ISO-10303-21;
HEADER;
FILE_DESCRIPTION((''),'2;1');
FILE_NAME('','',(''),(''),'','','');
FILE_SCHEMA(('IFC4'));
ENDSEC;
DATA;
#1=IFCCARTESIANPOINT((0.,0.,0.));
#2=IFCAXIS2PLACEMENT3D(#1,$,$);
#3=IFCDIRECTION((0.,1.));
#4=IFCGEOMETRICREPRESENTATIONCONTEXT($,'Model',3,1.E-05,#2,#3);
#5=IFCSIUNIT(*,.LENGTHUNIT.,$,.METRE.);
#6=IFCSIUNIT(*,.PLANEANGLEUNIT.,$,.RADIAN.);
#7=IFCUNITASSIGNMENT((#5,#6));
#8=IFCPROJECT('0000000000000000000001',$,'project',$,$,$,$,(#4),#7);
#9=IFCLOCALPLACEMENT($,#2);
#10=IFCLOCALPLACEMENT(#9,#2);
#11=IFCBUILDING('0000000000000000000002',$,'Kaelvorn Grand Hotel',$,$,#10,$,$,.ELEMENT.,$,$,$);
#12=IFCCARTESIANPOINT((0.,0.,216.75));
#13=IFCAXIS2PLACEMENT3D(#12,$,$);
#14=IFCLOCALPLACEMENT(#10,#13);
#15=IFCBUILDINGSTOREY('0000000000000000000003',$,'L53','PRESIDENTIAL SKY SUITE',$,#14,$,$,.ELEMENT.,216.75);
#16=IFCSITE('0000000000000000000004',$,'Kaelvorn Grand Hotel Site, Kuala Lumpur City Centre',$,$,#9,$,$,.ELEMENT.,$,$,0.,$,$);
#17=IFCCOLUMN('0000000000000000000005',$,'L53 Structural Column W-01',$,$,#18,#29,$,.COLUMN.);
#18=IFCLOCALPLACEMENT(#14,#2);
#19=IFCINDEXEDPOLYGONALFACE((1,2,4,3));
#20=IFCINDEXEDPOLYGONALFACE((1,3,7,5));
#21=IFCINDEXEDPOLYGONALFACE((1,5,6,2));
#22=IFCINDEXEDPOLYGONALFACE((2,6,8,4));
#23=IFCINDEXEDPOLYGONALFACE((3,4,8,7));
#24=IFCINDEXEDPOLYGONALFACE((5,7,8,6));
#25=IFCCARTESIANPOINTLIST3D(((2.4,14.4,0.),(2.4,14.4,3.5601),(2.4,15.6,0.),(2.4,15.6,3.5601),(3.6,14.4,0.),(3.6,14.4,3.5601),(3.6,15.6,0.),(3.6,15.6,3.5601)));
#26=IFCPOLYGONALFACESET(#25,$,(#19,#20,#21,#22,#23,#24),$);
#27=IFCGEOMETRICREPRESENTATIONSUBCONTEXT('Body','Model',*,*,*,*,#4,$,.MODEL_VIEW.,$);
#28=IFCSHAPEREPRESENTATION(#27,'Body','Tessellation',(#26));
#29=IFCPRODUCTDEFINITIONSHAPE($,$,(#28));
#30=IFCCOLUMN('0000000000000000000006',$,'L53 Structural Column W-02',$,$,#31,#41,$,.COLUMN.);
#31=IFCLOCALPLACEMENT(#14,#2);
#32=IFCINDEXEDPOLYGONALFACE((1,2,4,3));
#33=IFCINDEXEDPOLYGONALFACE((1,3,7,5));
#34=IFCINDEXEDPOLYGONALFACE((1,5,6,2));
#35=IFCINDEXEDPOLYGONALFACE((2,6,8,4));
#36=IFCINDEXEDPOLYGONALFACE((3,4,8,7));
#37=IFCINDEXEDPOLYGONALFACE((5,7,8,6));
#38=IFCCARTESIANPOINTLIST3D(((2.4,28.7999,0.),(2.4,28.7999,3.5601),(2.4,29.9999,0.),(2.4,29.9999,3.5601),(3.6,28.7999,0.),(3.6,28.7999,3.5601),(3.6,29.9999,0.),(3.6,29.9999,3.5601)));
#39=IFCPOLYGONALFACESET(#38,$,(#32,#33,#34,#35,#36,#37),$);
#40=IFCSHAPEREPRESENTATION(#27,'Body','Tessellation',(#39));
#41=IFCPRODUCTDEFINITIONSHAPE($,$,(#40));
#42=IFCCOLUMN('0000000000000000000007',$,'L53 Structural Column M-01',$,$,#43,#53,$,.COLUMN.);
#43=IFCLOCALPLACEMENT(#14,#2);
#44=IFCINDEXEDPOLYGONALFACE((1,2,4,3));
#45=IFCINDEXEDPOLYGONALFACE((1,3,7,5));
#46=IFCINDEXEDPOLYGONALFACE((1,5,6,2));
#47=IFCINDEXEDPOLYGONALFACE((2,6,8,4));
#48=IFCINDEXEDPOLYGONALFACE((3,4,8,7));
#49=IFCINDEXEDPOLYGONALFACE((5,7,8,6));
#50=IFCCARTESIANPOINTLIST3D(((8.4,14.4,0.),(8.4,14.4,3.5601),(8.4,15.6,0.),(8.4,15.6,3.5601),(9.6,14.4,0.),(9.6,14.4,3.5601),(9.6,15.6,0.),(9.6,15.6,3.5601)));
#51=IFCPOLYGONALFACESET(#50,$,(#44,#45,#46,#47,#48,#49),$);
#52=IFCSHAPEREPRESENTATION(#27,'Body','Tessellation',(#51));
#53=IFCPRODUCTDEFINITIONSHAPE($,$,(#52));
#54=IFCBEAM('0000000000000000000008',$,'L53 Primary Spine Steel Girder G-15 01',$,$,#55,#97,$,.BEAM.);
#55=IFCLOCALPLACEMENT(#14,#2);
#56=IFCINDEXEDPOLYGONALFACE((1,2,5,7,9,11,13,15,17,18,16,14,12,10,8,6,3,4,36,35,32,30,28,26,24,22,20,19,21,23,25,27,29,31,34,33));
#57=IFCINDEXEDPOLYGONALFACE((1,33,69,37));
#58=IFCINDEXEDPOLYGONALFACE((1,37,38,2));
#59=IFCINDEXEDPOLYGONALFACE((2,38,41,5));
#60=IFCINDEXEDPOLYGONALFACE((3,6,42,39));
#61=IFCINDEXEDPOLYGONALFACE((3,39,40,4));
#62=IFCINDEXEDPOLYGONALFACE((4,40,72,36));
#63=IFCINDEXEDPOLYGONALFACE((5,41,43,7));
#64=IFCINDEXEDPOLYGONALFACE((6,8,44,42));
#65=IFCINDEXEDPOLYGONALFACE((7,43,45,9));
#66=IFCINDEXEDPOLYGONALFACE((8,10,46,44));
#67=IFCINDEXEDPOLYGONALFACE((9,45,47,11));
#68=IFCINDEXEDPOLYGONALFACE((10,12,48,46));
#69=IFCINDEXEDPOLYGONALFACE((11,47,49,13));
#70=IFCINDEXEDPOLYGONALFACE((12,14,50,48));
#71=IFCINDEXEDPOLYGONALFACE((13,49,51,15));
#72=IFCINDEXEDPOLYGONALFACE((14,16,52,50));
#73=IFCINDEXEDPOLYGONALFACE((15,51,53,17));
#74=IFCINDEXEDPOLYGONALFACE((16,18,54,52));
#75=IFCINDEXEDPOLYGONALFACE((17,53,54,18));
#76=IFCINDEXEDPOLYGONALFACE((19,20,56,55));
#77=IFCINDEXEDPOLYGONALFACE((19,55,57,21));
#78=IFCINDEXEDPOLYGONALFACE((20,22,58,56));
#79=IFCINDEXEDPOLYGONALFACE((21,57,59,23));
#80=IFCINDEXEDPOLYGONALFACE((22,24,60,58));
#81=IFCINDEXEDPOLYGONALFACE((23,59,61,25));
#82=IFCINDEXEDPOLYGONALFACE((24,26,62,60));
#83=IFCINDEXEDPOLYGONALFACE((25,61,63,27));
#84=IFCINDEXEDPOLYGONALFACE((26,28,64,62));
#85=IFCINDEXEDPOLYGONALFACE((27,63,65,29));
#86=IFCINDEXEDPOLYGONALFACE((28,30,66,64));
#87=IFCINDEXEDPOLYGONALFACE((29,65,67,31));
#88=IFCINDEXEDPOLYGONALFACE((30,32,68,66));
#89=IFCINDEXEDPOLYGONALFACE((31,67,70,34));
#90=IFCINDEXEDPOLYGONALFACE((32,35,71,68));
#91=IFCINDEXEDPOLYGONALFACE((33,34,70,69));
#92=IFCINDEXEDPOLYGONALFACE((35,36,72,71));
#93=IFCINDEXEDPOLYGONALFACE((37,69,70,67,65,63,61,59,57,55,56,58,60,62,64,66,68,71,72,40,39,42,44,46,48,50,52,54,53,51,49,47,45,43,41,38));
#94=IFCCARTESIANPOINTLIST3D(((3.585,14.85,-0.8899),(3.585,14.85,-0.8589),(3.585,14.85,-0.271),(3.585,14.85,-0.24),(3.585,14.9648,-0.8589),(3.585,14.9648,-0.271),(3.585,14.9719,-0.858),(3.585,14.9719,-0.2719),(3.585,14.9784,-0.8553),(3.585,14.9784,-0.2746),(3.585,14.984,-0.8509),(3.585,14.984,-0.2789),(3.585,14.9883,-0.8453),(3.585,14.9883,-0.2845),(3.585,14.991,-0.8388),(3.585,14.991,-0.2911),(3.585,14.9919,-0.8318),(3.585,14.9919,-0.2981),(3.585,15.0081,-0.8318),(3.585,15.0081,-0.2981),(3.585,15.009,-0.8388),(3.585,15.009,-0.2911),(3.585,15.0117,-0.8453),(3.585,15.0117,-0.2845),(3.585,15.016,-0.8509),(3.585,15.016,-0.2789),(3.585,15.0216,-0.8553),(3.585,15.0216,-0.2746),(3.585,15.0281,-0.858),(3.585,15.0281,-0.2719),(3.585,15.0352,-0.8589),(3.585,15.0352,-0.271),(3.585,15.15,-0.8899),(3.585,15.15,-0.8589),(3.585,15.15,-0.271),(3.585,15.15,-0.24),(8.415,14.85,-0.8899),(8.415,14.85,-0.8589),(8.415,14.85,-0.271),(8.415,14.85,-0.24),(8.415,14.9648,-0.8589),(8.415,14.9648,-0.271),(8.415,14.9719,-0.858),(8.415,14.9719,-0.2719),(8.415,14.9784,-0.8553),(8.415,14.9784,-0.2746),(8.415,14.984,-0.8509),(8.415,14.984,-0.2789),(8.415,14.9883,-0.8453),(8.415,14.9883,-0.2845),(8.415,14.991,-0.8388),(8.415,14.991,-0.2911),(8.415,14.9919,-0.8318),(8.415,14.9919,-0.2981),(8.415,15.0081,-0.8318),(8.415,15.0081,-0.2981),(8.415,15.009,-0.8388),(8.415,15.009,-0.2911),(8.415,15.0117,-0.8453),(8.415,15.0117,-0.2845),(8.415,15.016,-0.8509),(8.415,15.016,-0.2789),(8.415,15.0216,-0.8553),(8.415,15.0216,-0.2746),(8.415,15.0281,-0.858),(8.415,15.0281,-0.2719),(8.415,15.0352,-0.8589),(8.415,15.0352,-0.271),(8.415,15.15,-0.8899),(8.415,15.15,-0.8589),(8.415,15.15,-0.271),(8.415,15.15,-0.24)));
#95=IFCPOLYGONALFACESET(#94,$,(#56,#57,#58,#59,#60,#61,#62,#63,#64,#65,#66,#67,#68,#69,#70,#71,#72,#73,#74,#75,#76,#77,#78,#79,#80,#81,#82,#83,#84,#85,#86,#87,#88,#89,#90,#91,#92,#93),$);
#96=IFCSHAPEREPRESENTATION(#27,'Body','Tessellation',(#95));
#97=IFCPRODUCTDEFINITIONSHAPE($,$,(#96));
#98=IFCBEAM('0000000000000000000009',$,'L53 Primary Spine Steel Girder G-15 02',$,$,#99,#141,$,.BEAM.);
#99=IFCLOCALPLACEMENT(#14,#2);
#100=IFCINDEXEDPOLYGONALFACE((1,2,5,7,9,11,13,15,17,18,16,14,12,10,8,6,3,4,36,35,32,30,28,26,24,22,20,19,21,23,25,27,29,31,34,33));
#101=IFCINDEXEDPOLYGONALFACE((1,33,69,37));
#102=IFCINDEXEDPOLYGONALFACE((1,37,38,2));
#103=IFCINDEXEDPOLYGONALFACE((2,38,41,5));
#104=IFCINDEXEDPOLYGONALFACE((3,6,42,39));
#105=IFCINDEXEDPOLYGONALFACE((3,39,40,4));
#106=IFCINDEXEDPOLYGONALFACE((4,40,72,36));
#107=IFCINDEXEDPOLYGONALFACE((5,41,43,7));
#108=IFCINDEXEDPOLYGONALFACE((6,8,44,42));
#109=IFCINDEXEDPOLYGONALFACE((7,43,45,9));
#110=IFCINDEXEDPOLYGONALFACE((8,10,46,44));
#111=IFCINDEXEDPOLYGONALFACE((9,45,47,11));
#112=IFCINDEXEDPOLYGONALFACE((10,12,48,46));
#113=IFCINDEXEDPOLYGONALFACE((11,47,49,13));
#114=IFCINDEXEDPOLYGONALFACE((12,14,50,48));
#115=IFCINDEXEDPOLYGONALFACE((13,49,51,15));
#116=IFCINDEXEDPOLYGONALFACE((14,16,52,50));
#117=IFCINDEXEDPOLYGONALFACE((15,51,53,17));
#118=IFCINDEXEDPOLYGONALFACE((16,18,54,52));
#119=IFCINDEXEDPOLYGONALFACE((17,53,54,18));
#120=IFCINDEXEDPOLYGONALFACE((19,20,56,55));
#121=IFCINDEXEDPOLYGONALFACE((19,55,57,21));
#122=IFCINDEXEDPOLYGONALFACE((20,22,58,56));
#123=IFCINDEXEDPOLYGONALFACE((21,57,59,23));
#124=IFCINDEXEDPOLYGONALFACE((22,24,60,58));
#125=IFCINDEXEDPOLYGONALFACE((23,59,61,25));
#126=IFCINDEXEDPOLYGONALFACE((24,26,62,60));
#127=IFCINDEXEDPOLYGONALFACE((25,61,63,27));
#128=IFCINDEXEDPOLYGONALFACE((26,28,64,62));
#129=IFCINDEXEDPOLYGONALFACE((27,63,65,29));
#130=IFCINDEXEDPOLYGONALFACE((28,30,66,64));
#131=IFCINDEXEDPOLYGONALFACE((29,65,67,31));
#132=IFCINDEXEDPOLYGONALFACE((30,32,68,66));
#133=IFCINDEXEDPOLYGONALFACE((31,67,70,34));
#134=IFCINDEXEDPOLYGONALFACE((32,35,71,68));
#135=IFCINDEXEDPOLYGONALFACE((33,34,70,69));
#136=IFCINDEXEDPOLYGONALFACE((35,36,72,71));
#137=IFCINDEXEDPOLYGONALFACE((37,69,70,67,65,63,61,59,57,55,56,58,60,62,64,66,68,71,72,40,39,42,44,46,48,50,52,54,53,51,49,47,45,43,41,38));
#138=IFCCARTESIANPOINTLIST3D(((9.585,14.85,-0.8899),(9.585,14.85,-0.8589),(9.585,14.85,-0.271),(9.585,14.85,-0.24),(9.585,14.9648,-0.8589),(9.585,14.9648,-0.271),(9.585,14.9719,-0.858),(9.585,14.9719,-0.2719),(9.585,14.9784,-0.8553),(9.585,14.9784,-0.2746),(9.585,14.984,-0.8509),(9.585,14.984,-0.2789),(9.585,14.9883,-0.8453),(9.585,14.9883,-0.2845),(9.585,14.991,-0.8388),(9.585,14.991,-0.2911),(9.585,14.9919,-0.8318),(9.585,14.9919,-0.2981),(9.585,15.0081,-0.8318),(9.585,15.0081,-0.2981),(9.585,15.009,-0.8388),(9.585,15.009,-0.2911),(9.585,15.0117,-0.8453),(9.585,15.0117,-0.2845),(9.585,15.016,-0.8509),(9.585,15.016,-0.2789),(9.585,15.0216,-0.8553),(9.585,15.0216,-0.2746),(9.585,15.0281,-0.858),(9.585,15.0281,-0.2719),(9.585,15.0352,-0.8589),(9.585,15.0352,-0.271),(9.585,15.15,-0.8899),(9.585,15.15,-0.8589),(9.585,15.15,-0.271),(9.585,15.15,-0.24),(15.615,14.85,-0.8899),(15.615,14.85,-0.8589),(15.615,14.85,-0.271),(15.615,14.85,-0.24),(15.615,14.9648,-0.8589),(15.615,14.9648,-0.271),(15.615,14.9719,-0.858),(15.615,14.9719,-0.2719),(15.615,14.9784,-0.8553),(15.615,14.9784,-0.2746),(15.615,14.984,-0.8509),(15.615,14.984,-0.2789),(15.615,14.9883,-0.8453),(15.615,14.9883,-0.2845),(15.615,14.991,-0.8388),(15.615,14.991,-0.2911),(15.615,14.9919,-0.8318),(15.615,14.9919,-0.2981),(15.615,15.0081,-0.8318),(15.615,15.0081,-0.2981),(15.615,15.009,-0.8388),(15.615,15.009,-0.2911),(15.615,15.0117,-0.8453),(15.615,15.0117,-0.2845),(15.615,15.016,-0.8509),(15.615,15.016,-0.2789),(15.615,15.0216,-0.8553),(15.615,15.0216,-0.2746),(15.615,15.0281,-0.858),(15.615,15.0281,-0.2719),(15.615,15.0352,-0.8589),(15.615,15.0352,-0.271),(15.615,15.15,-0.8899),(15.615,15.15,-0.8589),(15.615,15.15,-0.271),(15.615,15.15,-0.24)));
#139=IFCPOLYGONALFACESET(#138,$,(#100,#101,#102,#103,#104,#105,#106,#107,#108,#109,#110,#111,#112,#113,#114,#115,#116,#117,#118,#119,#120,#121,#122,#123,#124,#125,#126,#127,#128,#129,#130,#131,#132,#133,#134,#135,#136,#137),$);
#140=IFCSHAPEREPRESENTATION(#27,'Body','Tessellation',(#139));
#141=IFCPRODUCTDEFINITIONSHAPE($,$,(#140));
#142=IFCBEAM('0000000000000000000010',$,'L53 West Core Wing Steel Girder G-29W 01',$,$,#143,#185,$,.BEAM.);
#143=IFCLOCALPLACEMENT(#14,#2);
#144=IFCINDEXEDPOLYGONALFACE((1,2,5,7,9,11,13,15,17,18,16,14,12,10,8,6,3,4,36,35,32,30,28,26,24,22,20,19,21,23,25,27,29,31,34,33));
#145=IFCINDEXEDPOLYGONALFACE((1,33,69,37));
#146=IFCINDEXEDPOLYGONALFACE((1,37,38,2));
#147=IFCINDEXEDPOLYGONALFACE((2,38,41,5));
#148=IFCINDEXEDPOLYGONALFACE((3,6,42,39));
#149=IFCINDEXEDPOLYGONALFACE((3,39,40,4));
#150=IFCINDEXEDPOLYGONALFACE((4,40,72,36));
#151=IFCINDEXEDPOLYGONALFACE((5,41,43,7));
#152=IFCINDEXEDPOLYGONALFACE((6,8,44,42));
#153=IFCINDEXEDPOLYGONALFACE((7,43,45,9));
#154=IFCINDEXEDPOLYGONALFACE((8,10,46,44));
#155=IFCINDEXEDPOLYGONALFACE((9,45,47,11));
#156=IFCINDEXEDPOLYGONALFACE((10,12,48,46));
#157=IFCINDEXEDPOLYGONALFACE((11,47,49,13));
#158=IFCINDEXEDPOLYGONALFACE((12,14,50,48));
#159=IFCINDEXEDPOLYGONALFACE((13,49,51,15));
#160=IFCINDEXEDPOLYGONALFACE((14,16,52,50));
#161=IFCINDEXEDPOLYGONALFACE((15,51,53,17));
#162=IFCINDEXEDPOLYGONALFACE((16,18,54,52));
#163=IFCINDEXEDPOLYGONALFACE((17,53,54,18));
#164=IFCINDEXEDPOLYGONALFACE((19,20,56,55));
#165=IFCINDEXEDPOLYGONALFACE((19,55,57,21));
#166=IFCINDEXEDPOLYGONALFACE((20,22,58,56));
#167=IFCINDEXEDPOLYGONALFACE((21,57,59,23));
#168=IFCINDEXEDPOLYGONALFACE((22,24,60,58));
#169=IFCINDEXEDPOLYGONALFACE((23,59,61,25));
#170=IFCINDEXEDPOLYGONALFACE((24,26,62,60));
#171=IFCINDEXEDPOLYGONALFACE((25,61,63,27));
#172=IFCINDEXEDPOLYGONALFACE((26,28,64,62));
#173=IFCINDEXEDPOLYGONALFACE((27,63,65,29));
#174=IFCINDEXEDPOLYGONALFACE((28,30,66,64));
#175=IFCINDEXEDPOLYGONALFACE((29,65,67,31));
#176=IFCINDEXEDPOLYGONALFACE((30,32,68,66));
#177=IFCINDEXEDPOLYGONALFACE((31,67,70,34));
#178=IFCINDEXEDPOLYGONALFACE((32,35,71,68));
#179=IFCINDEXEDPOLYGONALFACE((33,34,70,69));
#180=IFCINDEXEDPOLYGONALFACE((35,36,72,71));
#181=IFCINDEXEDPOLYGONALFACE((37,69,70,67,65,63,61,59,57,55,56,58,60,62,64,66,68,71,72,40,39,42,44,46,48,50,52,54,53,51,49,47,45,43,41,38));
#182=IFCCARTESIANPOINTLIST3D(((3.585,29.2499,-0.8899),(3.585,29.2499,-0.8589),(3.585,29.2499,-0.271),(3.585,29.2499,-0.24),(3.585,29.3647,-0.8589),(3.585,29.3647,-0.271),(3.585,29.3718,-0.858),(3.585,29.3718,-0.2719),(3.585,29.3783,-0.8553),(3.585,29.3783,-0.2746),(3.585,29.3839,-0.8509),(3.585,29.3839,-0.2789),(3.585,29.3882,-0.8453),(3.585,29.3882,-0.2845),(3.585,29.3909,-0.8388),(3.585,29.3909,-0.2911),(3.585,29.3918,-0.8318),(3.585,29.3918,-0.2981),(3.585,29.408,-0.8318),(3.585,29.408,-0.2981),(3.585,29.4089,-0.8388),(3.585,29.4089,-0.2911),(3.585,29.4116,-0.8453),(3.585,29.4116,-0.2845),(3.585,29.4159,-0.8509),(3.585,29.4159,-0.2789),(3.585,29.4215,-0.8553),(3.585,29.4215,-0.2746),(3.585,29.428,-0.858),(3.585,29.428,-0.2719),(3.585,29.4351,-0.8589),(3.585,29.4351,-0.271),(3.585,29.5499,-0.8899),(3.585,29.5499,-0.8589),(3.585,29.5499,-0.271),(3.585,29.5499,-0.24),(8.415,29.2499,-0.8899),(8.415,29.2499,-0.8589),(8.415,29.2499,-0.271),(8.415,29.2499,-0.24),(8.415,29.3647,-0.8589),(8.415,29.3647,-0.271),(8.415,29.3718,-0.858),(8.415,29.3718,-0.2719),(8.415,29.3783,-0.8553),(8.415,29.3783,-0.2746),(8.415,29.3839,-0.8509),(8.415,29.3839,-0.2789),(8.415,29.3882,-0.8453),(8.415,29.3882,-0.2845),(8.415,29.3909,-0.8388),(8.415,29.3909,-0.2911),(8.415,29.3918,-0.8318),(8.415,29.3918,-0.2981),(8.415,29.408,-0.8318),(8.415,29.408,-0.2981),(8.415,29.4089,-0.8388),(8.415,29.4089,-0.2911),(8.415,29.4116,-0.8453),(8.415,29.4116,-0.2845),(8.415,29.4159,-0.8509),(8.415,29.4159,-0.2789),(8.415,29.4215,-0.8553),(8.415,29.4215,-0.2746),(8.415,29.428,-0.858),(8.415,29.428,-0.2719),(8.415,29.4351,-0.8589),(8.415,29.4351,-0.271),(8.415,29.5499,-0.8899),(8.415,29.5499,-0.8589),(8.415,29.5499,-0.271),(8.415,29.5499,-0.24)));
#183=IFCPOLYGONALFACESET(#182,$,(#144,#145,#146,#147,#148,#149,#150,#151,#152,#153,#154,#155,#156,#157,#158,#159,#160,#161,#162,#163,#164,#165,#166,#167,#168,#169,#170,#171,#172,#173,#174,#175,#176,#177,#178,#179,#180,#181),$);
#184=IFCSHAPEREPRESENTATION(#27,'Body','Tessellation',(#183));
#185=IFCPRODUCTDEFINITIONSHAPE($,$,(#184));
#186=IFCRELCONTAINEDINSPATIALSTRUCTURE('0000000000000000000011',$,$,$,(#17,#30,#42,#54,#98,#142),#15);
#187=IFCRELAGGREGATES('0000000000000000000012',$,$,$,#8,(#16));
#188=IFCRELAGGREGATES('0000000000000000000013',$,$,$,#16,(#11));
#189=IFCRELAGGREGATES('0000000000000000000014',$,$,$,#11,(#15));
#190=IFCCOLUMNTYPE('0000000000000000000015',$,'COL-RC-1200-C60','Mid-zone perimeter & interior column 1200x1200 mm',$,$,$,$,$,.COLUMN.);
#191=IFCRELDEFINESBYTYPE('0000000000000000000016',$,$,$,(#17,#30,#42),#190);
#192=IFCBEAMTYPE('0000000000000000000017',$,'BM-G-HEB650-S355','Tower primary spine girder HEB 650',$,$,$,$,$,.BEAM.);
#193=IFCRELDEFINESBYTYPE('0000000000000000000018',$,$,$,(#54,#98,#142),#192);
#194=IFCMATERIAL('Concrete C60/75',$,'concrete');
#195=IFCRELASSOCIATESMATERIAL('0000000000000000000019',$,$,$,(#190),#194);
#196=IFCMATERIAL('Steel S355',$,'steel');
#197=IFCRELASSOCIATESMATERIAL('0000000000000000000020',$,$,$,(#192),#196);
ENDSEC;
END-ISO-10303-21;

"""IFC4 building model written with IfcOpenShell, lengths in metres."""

from ifc_helpers import new_model, si_unit, direction, frame, origin, origin_2d, place, context, subcontext, project, spatial, rectangle, i_section, extrude, material, material_profile, profile_set, type_object, element, save


model = new_model("IFC4")

# Units and contexts
model_context = context("Model", 3, precision=1e-05, world=origin(), true_north=direction((0.0, 1.0)))
body_context = subcontext(model_context, "Body", "Model", "MODEL_VIEW")
ifc_project = project(units=[si_unit("LENGTHUNIT", "METRE"), si_unit("PLANEANGLEUNIT", "RADIAN")], contexts=[model_context])

# Site, building, storey
site_placement = place(None, origin())
site = spatial("IfcSite", under=ifc_project, at=site_placement, Name="Kaelvorn Grand Hotel Site, Kuala Lumpur City Centre", CompositionType="ELEMENT", RefElevation=0.0)
building_placement = place(site_placement, origin())
building = spatial("IfcBuilding", under=site, at=building_placement, Name="Kaelvorn Grand Hotel", CompositionType="ELEMENT")
storey_placement = place(building_placement, frame((0.0, 0.0, 216.75)))
storey = spatial("IfcBuildingStorey", under=building, at=storey_placement, Name="L53", Description="PRESIDENTIAL SKY SUITE", CompositionType="ELEMENT", Elevation=216.75)

# Columns
ifc_material_1 = material(Name="Concrete C60/75", Category="concrete")
ifc_material_profile_1 = material_profile(ifc_material_1, rectangle(XDim=1.2, YDim=1.2, at=origin_2d()), Name="RC COL 1200x1200")
ifc_profile_set_1 = profile_set([ifc_material_profile_1], Name="Concrete C60/75")
column_type = type_object("IfcColumnType", Name="COL-RC-1200-C60", Description="Mid-zone perimeter & interior column 1200x1200 mm", PredefinedType="COLUMN", material=ifc_profile_set_1)
for number, where, z_axis, x_axis, name in (
    (1, (3.0, 15.0, 0.0), (0.0, 0.0, 1.0), (1.0, 0.0, 0.0), "L53 Structural Column W-01"),
    (2, (3.0, 29.3999, 0.0), (0.0, 0.0, 1.0), (1.0, 0.0, 0.0), "L53 Structural Column W-02"),
    (3, (9.0, 15.0, 0.0), (0.0, 0.0, 1.0), (1.0, 0.0, 0.0), "L53 Structural Column M-01"),
):
    element("IfcColumn", number, at=place(storey_placement, frame(where, z_axis=z_axis, x_axis=x_axis)), inside=storey, type_object=column_type, Name=name, PredefinedType="COLUMN", context=body_context, shape_type="SweptSolid", body=[
        extrude(rectangle(XDim=1.2, YDim=1.2, at=origin_2d()), origin(), (0.0, 0.0, 1.0), 3.5601),
    ])

# Beams
ifc_material_2 = material(Name="Steel S355", Category="steel")
ifc_material_profile_2 = material_profile(ifc_material_2, i_section(OverallWidth=0.3, OverallDepth=0.6499, WebThickness=0.0161, FlangeThickness=0.031, FilletRadius=0.0271, at=origin_2d()), Name="HEB 650")
ifc_profile_set_2 = profile_set([ifc_material_profile_2], Name="Steel S355")
beam_type_1 = type_object("IfcBeamType", Name="BM-G-HEB650-S355", Description="Tower primary spine girder HEB 650", PredefinedType="BEAM", material=ifc_profile_set_2)
beam_1_placement = place(storey_placement, frame((3.585, 15.0, -0.5649), z_axis=(1.0, 0.0, 0.0), x_axis=(0.0, 1.0, 0.0)))
element("IfcBeam", 4, at=beam_1_placement, inside=storey, type_object=beam_type_1, Name="L53 Primary Spine Steel Girder G-15 01", PredefinedType="BEAM", context=body_context, shape_type="SweptSolid", body=[
    extrude(i_section(OverallWidth=0.3, OverallDepth=0.6499, WebThickness=0.0161, FlangeThickness=0.031, FilletRadius=0.0271, at=origin_2d()), origin(), (0.0, 0.0, 1.0), 4.8301),
])
beam_2_placement = place(storey_placement, frame((9.585, 15.0, -0.5649), z_axis=(1.0, 0.0, 0.0), x_axis=(0.0, 1.0, 0.0)))
element("IfcBeam", 5, at=beam_2_placement, inside=storey, type_object=beam_type_1, Name="L53 Primary Spine Steel Girder G-15 02", PredefinedType="BEAM", context=body_context, shape_type="SweptSolid", body=[
    extrude(i_section(OverallWidth=0.3, OverallDepth=0.6499, WebThickness=0.0161, FlangeThickness=0.031, FilletRadius=0.0271, at=origin_2d()), origin(), (0.0, 0.0, 1.0), 6.03),
])
beam_3_placement = place(storey_placement, frame((3.585, 29.3999, -0.5649), z_axis=(1.0, 0.0, 0.0), x_axis=(0.0, 1.0, 0.0)))
element("IfcBeam", 6, at=beam_3_placement, inside=storey, type_object=beam_type_1, Name="L53 West Core Wing Steel Girder G-29W 01", PredefinedType="BEAM", context=body_context, shape_type="SweptSolid", body=[
    extrude(i_section(OverallWidth=0.3, OverallDepth=0.6499, WebThickness=0.0161, FlangeThickness=0.031, FilletRadius=0.0271, at=origin_2d()), origin(), (0.0, 0.0, 1.0), 4.8301),
])

save(model, "model.ifc")
